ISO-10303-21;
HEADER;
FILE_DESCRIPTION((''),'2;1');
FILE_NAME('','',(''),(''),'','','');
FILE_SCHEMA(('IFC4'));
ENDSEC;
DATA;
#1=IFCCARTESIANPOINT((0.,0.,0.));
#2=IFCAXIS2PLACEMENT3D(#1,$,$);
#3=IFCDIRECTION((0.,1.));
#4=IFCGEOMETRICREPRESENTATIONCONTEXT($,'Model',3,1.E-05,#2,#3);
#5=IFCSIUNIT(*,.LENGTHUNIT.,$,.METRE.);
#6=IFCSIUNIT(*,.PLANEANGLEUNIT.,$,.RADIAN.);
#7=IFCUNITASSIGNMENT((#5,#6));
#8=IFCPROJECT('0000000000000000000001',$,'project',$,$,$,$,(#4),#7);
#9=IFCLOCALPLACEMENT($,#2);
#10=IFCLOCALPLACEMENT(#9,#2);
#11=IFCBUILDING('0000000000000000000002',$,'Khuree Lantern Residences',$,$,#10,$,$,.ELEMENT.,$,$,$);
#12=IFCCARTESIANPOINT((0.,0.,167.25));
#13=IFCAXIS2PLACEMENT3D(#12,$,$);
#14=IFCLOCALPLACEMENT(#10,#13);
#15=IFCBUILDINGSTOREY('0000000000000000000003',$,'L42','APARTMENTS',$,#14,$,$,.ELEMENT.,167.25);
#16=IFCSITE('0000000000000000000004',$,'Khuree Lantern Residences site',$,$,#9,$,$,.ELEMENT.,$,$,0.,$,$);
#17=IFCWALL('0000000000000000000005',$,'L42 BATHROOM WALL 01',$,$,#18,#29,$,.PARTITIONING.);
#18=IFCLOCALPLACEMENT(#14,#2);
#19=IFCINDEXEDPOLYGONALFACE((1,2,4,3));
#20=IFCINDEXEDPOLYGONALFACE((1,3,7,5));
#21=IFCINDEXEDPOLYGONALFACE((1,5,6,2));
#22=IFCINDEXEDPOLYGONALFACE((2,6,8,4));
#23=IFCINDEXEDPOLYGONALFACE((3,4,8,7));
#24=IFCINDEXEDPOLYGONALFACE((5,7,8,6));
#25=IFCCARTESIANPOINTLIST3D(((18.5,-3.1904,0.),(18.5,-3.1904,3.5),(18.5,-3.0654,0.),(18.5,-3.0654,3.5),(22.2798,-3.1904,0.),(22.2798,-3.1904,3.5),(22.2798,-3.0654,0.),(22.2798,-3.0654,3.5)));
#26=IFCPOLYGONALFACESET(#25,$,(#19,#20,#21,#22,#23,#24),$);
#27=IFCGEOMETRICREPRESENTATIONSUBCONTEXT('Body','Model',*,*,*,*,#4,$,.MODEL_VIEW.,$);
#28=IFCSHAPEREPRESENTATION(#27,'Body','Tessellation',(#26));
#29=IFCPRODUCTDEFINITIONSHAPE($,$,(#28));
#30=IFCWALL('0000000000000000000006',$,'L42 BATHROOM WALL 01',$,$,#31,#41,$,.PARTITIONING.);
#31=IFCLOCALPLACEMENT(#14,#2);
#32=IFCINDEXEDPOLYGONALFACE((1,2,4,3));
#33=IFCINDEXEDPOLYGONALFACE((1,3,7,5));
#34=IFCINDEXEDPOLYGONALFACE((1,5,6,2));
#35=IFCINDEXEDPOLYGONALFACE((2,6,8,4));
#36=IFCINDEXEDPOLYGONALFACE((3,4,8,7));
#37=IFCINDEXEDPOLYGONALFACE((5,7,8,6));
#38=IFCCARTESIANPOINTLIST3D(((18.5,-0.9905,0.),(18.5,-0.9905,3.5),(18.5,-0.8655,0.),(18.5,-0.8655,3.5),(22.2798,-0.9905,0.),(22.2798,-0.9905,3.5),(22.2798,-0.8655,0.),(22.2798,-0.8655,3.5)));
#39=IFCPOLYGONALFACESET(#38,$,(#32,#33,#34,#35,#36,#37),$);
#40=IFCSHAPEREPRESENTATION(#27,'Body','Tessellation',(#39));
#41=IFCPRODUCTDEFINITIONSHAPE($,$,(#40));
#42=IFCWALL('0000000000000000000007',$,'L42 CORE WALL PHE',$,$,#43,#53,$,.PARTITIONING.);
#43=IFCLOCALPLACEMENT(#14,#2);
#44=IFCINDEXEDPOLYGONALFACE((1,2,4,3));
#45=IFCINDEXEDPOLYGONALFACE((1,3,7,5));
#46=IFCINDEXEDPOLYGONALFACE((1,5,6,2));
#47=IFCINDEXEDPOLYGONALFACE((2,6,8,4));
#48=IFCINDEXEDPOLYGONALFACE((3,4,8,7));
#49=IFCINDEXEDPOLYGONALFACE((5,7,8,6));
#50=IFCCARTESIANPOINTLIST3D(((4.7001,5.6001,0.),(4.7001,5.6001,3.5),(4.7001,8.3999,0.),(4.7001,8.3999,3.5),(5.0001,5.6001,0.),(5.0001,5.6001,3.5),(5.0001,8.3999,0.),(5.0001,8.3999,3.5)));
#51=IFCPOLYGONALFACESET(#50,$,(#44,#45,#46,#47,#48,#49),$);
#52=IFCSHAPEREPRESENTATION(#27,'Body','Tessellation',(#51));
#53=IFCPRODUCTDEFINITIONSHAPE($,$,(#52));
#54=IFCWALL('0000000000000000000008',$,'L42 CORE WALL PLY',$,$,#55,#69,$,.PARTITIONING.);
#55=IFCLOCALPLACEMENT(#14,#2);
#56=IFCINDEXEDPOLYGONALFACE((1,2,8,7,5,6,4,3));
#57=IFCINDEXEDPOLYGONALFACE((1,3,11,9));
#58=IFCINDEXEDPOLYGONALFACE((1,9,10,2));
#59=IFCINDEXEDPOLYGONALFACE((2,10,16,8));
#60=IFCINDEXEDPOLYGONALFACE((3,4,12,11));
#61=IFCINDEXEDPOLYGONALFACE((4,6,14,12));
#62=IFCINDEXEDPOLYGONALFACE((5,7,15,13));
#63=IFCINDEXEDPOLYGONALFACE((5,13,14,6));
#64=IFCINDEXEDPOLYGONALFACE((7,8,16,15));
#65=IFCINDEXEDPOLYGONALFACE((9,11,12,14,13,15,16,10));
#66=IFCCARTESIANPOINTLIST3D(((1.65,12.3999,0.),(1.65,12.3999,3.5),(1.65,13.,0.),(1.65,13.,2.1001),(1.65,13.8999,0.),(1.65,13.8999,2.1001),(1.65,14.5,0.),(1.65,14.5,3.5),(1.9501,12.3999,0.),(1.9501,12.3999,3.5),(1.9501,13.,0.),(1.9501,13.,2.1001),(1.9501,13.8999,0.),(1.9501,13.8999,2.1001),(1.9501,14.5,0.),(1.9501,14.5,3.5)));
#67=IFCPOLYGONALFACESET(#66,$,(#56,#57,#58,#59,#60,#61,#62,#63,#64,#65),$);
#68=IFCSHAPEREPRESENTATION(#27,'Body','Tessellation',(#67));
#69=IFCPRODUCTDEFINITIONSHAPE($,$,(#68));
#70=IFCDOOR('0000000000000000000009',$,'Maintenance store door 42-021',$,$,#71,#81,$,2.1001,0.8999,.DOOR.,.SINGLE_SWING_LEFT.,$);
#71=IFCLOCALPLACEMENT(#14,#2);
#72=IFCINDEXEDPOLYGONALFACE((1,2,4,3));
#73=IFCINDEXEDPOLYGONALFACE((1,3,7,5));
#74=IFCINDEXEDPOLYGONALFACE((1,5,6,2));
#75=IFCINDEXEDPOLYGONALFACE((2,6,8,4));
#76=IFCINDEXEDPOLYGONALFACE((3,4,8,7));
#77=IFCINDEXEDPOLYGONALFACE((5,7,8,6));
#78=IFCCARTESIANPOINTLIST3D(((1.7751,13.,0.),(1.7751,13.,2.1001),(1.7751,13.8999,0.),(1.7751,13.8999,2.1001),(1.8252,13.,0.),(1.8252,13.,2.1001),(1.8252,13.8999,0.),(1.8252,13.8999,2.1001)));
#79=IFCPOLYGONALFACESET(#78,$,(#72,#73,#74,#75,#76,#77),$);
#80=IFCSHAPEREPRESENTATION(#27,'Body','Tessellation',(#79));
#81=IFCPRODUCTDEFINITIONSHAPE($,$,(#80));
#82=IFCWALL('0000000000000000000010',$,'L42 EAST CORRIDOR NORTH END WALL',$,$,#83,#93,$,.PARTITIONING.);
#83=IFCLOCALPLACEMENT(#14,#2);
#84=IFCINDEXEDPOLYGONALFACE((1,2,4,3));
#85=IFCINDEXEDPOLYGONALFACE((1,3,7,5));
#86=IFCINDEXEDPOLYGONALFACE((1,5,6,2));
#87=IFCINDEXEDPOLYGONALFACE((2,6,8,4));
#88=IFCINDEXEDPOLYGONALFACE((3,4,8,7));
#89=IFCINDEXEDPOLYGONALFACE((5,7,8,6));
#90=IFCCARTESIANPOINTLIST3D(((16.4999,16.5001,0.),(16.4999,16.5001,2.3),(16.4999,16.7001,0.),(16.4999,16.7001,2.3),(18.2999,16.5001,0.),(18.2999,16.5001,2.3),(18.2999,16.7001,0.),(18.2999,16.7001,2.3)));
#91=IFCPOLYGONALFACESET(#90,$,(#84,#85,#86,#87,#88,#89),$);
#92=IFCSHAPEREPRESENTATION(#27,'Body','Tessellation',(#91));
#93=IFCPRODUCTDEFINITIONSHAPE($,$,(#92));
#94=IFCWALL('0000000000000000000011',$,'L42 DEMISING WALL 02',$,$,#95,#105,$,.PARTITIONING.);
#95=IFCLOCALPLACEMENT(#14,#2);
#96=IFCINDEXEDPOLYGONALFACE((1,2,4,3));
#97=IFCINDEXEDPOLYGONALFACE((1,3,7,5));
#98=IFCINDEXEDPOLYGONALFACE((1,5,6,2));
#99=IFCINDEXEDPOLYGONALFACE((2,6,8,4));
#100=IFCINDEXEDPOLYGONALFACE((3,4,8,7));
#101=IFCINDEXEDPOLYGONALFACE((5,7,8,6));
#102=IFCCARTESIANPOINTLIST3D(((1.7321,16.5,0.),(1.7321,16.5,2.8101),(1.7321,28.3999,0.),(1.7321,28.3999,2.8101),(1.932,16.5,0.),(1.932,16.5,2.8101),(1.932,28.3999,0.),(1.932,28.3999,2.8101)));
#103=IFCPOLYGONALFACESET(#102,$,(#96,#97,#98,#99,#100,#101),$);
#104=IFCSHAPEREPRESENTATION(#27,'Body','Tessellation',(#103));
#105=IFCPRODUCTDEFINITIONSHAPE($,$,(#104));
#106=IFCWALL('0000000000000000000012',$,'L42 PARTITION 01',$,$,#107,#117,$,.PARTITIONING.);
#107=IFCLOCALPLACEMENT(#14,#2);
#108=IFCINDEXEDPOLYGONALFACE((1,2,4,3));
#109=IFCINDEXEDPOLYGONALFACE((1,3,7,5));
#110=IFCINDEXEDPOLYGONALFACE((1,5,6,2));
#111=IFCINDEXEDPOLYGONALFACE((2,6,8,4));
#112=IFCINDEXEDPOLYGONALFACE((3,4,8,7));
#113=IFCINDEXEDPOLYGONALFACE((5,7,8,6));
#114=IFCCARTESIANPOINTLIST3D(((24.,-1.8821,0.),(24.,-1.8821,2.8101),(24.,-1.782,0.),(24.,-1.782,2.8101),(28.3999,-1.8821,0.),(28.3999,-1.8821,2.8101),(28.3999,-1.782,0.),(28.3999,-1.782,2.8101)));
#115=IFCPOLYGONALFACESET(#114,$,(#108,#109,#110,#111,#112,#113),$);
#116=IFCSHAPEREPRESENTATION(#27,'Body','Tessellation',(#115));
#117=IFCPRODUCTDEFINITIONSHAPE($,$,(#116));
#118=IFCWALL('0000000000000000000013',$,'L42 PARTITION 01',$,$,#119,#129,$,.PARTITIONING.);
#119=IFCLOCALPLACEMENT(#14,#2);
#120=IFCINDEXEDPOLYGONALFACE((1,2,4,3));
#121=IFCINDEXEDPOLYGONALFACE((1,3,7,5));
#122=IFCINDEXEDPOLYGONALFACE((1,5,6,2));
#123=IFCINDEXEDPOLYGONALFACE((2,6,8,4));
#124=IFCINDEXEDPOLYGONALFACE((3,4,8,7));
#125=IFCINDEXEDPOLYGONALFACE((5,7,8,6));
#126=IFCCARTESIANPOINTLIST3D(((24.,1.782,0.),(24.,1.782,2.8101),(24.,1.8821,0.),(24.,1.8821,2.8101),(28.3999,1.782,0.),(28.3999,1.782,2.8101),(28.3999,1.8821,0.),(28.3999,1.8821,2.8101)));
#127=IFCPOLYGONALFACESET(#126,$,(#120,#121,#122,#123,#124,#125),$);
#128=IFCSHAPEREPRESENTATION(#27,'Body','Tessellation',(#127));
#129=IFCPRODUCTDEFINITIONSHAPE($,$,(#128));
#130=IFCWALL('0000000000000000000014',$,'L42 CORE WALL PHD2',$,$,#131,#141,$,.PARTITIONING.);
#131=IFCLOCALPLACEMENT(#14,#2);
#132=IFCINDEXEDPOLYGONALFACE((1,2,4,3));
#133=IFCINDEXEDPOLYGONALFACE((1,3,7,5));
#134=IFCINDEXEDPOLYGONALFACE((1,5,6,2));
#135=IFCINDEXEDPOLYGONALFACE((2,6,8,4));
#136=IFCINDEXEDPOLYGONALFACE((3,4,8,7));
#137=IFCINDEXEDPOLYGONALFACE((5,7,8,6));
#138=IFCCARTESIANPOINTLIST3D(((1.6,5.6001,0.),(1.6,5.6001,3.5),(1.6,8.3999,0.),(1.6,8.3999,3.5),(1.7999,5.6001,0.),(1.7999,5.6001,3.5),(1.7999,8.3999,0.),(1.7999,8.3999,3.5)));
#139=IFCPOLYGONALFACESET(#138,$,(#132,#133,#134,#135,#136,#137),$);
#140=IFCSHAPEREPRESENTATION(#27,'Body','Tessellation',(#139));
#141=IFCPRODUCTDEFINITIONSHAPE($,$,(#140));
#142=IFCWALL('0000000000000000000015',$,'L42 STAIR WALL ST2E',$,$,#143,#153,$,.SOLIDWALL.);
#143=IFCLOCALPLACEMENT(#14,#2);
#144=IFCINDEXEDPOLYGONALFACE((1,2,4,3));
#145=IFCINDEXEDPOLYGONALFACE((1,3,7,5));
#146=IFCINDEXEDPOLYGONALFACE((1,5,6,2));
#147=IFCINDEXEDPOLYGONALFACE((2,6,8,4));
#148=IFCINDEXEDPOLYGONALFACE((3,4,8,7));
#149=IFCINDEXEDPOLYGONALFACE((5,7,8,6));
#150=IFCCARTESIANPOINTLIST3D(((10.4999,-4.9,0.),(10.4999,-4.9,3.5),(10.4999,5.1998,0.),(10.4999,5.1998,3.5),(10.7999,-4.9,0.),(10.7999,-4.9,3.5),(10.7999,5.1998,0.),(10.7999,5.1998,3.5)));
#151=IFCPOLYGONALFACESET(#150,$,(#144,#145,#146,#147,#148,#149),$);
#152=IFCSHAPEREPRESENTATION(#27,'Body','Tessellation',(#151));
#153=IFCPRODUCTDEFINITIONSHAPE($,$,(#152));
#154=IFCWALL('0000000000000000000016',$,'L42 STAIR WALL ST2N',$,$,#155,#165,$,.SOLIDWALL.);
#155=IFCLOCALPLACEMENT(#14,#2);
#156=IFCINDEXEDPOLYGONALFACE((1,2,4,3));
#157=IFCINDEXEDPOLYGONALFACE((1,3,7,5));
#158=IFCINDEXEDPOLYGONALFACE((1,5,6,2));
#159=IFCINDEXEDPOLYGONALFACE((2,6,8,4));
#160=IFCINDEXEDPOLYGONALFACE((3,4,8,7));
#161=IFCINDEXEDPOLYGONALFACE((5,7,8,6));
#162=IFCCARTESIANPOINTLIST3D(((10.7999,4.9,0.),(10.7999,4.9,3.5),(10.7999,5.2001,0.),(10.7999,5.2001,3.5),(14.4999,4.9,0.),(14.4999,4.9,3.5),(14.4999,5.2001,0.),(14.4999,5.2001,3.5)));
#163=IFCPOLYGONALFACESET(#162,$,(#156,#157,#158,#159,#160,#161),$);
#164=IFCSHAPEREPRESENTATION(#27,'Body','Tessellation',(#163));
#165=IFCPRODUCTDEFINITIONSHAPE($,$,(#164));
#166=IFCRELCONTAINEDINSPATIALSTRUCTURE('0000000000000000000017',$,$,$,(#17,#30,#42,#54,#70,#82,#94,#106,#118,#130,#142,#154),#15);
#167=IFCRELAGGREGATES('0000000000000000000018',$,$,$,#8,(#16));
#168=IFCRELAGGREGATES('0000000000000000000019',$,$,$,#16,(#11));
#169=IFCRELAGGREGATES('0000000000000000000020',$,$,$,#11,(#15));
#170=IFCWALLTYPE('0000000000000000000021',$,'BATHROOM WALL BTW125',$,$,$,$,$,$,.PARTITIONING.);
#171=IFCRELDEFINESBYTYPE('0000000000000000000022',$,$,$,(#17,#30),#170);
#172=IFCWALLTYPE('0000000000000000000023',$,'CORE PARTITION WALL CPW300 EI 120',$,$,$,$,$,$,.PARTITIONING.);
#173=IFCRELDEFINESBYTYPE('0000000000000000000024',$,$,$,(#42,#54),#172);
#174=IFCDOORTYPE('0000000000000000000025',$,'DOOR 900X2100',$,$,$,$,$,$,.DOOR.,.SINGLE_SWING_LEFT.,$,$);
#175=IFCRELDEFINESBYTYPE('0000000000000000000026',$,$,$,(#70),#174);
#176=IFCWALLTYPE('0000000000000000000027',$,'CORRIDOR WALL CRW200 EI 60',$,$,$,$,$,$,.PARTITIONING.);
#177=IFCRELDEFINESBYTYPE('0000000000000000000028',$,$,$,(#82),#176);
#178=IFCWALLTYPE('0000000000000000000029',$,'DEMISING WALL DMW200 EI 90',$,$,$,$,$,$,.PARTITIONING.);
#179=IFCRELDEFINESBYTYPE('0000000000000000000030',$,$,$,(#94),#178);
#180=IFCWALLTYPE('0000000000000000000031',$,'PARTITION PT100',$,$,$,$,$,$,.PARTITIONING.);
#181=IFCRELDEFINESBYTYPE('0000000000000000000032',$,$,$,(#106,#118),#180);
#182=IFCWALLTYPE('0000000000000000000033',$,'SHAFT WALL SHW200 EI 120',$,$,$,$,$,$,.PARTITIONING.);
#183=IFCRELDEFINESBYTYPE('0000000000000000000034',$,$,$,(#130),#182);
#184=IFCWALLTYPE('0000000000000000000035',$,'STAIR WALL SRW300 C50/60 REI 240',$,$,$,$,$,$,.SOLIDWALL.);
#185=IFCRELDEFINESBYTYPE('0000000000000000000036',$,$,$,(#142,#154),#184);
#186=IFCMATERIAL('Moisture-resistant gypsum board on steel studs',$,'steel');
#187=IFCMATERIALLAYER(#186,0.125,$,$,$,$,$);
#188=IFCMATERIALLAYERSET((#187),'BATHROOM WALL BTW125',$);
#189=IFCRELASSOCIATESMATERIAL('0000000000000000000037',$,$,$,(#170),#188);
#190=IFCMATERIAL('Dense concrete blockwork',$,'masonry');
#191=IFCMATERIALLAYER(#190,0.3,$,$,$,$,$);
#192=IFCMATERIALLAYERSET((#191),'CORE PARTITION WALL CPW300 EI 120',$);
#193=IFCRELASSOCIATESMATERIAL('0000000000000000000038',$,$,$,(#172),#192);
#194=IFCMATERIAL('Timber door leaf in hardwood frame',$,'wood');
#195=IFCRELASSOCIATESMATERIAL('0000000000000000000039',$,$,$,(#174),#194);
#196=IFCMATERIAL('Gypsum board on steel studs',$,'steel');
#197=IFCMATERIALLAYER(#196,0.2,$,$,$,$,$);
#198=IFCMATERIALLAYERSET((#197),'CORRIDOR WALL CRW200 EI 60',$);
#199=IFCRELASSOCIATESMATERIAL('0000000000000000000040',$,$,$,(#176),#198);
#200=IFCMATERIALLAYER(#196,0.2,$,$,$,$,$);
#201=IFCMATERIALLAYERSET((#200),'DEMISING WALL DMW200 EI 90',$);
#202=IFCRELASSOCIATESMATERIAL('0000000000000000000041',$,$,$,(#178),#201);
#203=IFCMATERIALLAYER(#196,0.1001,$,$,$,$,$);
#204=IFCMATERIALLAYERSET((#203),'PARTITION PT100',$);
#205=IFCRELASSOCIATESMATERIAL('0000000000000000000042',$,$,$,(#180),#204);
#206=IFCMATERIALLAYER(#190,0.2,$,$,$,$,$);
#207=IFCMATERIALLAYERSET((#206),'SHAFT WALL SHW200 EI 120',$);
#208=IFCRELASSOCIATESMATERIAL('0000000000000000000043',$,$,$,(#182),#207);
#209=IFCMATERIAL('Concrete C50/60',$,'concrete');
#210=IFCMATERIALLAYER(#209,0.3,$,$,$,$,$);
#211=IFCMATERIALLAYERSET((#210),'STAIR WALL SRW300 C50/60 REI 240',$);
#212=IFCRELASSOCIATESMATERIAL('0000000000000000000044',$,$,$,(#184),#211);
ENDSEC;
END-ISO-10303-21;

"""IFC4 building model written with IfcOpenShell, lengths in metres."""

from ifc_helpers import new_model, si_unit, direction, frame, frame_2d, origin, place, context, subcontext, project, spatial, rectangle, extrude, material, layer, layer_set, type_object, element, fill, save


model = new_model("IFC4")

# Units and contexts
model_context = context("Model", 3, precision=1e-05, world=origin(), true_north=direction((0.0, 1.0)))
body_context = subcontext(model_context, "Body", "Model", "MODEL_VIEW")
ifc_project = project(units=[si_unit("LENGTHUNIT", "METRE"), si_unit("PLANEANGLEUNIT", "RADIAN")], contexts=[model_context])

# Site, building, storey
site_placement = place(None, origin())
site = spatial("IfcSite", under=ifc_project, at=site_placement, Name="Khuree Lantern Residences site", CompositionType="ELEMENT", RefElevation=0.0)
building_placement = place(site_placement, origin())
building = spatial("IfcBuilding", under=site, at=building_placement, Name="Khuree Lantern Residences", CompositionType="ELEMENT")
storey_placement = place(building_placement, frame((0.0, 0.0, 167.25)))
storey = spatial("IfcBuildingStorey", under=building, at=storey_placement, Name="L42", Description="APARTMENTS", CompositionType="ELEMENT", Elevation=167.25)

# Walls
ifc_material_1 = material(Name="Moisture-resistant gypsum board on steel studs", Category="steel")
ifc_layer_1 = layer(ifc_material_1, 0.125)
ifc_layer_set_1 = layer_set([ifc_layer_1], Name="BATHROOM WALL BTW125")
wall_type_1 = type_object("IfcWallType", Name="BATHROOM WALL BTW125", PredefinedType="PARTITIONING", material=ifc_layer_set_1)
for number, where, z_axis, x_axis, name in (
    (1, (18.5, -3.1279, 0.0), (0.0, 0.0, 1.0), (1.0, 0.0, 0.0), "L42 BATHROOM WALL 01"),
    (2, (18.5, -0.928, 0.0), (0.0, 0.0, 1.0), (1.0, 0.0, 0.0), "L42 BATHROOM WALL 01"),
):
    element("IfcWall", number, at=place(storey_placement, frame(where, z_axis=z_axis, x_axis=x_axis)), inside=storey, type_object=wall_type_1, Name=name, PredefinedType="PARTITIONING", context=body_context, shape_type="SweptSolid", body=[
        extrude(rectangle(XDim=3.7798, YDim=0.125, at=frame_2d((1.8899, 0.0))), origin(), (0.0, 0.0, 1.0), 3.5),
    ])
ifc_material_2 = material(Name="Dense concrete blockwork", Category="masonry")
ifc_layer_2 = layer(ifc_material_2, 0.3)
ifc_layer_set_2 = layer_set([ifc_layer_2], Name="CORE PARTITION WALL CPW300 EI 120")
wall_type_2 = type_object("IfcWallType", Name="CORE PARTITION WALL CPW300 EI 120", PredefinedType="PARTITIONING", material=ifc_layer_set_2)
wall_1_placement = place(storey_placement, frame((4.8501, 5.6001, 0.0), z_axis=(0.0, 0.0, 1.0), x_axis=(0.0, 1.0, 0.0)))
element("IfcWall", 3, at=wall_1_placement, inside=storey, type_object=wall_type_2, Name="L42 CORE WALL PHE", PredefinedType="PARTITIONING", context=body_context, shape_type="SweptSolid", body=[
    extrude(rectangle(XDim=2.7998, YDim=0.3, at=frame_2d((1.3999, 0.0))), origin(), (0.0, 0.0, 1.0), 3.5),
])

# Wall, opening, door
wall_2_placement = place(storey_placement, frame((1.8, 12.3999, 0.0), z_axis=(0.0, 0.0, 1.0), x_axis=(0.0, 1.0, 0.0)))
wall_2 = element("IfcWall", 4, at=wall_2_placement, inside=storey, type_object=wall_type_2, Name="L42 CORE WALL PLY", PredefinedType="PARTITIONING", context=body_context, shape_type="SweptSolid", body=[
    extrude(rectangle(XDim=2.1001, YDim=0.3, at=frame_2d((1.05, 0.0))), origin(), (0.0, 0.0, 1.0), 3.5),
])
opening_placement = place(wall_2_placement, frame((0.6001, 0.0, 0.0)))
opening = element("IfcOpeningElement", 5, at=opening_placement, cuts=wall_2, PredefinedType="OPENING", context=body_context, shape_type="SweptSolid", body=[
    extrude(rectangle(XDim=0.8999, YDim=2.1001, at=frame_2d((0.45, 1.05))), frame((0.0, 0.1602, 0.0), z_axis=(0.0, -1.0, 0.0), x_axis=(1.0, 0.0, 0.0)), (0.0, 0.0, 1.0), 0.3201),
])
ifc_material_3 = material(Name="Timber door leaf in hardwood frame", Category="wood")
door_type = type_object("IfcDoorType", Name="DOOR 900X2100", OperationType="SINGLE_SWING_LEFT", PredefinedType="DOOR", material=ifc_material_3)
door_placement = place(opening_placement, origin())
door = element("IfcDoor", 6, at=door_placement, inside=storey, type_object=door_type, Name="Maintenance store door 42-021", OperationType="SINGLE_SWING_LEFT", OverallHeight=2.1001, OverallWidth=0.8999, PredefinedType="DOOR", context=body_context, shape_type="SweptSolid", body=[
    extrude(rectangle(XDim=0.8999, YDim=2.1001, at=frame_2d((0.45, 1.05))), frame((0.0, 0.0249, 0.0), z_axis=(0.0, -1.0, 0.0), x_axis=(1.0, 0.0, 0.0)), (0.0, 0.0, 1.0), 0.05),
])
fill(opening, door)

# Walls
ifc_material_4 = material(Name="Gypsum board on steel studs", Category="steel")
ifc_layer_3 = layer(ifc_material_4, 0.2)
ifc_layer_set_3 = layer_set([ifc_layer_3], Name="CORRIDOR WALL CRW200 EI 60")
wall_type_3 = type_object("IfcWallType", Name="CORRIDOR WALL CRW200 EI 60", PredefinedType="PARTITIONING", material=ifc_layer_set_3)
wall_3_placement = place(storey_placement, frame((16.5, 16.6001, 0.0), z_axis=(0.0, 0.0, 1.0), x_axis=(1.0, 0.0, 0.0)))
element("IfcWall", 7, at=wall_3_placement, inside=storey, type_object=wall_type_3, Name="L42 EAST CORRIDOR NORTH END WALL", PredefinedType="PARTITIONING", context=body_context, shape_type="SweptSolid", body=[
    extrude(rectangle(XDim=1.8, YDim=0.2, at=frame_2d((0.8999, 0.0))), origin(), (0.0, 0.0, 1.0), 2.3),
])
ifc_layer_4 = layer(ifc_material_4, 0.2)
ifc_layer_set_4 = layer_set([ifc_layer_4], Name="DEMISING WALL DMW200 EI 90")
wall_type_4 = type_object("IfcWallType", Name="DEMISING WALL DMW200 EI 90", PredefinedType="PARTITIONING", material=ifc_layer_set_4)
wall_4_placement = place(storey_placement, frame((1.832, 16.5, 0.0), z_axis=(0.0, 0.0, 1.0), x_axis=(0.0, 1.0, 0.0)))
element("IfcWall", 8, at=wall_4_placement, inside=storey, type_object=wall_type_4, Name="L42 DEMISING WALL 02", PredefinedType="PARTITIONING", context=body_context, shape_type="SweptSolid", body=[
    extrude(rectangle(XDim=11.8999, YDim=0.2, at=frame_2d((5.95, 0.0))), origin(), (0.0, 0.0, 1.0), 2.8101),
])
ifc_layer_5 = layer(ifc_material_4, 0.1001)
ifc_layer_set_5 = layer_set([ifc_layer_5], Name="PARTITION PT100")
wall_type_5 = type_object("IfcWallType", Name="PARTITION PT100", PredefinedType="PARTITIONING", material=ifc_layer_set_5)
for number, where, z_axis, x_axis, name in (
    (9, (24.0, -1.832, 0.0), (0.0, 0.0, 1.0), (1.0, 0.0, 0.0), "L42 PARTITION 01"),
    (10, (24.0, 1.832, 0.0), (0.0, 0.0, 1.0), (1.0, 0.0, 0.0), "L42 PARTITION 01"),
):
    element("IfcWall", number, at=place(storey_placement, frame(where, z_axis=z_axis, x_axis=x_axis)), inside=storey, type_object=wall_type_5, Name=name, PredefinedType="PARTITIONING", context=body_context, shape_type="SweptSolid", body=[
        extrude(rectangle(XDim=4.3999, YDim=0.1001, at=frame_2d((2.2, 0.0))), origin(), (0.0, 0.0, 1.0), 2.8101),
    ])
ifc_layer_6 = layer(ifc_material_2, 0.2)
ifc_layer_set_6 = layer_set([ifc_layer_6], Name="SHAFT WALL SHW200 EI 120")
wall_type_6 = type_object("IfcWallType", Name="SHAFT WALL SHW200 EI 120", PredefinedType="PARTITIONING", material=ifc_layer_set_6)
wall_5_placement = place(storey_placement, frame((1.7, 5.6001, 0.0), z_axis=(0.0, 0.0, 1.0), x_axis=(0.0, 1.0, 0.0)))
element("IfcWall", 11, at=wall_5_placement, inside=storey, type_object=wall_type_6, Name="L42 CORE WALL PHD2", PredefinedType="PARTITIONING", context=body_context, shape_type="SweptSolid", body=[
    extrude(rectangle(XDim=2.7998, YDim=0.2, at=frame_2d((1.3999, 0.0))), origin(), (0.0, 0.0, 1.0), 3.5),
])
ifc_material_5 = material(Name="Concrete C50/60", Category="concrete")
ifc_layer_7 = layer(ifc_material_5, 0.3)
ifc_layer_set_7 = layer_set([ifc_layer_7], Name="STAIR WALL SRW300 C50/60 REI 240")
wall_type_7 = type_object("IfcWallType", Name="STAIR WALL SRW300 C50/60 REI 240", PredefinedType="SOLIDWALL", material=ifc_layer_set_7)
wall_6_placement = place(storey_placement, frame((10.6499, -4.8999, 0.0), z_axis=(0.0, 0.0, 1.0), x_axis=(0.0, 1.0, 0.0)))
element("IfcWall", 12, at=wall_6_placement, inside=storey, type_object=wall_type_7, Name="L42 STAIR WALL ST2E", PredefinedType="SOLIDWALL", context=body_context, shape_type="SweptSolid", body=[
    extrude(rectangle(XDim=10.0999, YDim=0.3, at=frame_2d((5.0498, 0.0))), origin(), (0.0, 0.0, 1.0), 3.5),
])
wall_7_placement = place(storey_placement, frame((14.5, 5.05, 0.0), z_axis=(0.0, 0.0, 1.0), x_axis=(-1.0, 0.0, 0.0)))
element("IfcWall", 13, at=wall_7_placement, inside=storey, type_object=wall_type_7, Name="L42 STAIR WALL ST2N", PredefinedType="SOLIDWALL", context=body_context, shape_type="SweptSolid", body=[
    extrude(rectangle(XDim=3.7, YDim=0.3, at=frame_2d((1.8501, 0.0))), origin(), (0.0, 0.0, 1.0), 3.5),
])

save(model, "model.ifc")
